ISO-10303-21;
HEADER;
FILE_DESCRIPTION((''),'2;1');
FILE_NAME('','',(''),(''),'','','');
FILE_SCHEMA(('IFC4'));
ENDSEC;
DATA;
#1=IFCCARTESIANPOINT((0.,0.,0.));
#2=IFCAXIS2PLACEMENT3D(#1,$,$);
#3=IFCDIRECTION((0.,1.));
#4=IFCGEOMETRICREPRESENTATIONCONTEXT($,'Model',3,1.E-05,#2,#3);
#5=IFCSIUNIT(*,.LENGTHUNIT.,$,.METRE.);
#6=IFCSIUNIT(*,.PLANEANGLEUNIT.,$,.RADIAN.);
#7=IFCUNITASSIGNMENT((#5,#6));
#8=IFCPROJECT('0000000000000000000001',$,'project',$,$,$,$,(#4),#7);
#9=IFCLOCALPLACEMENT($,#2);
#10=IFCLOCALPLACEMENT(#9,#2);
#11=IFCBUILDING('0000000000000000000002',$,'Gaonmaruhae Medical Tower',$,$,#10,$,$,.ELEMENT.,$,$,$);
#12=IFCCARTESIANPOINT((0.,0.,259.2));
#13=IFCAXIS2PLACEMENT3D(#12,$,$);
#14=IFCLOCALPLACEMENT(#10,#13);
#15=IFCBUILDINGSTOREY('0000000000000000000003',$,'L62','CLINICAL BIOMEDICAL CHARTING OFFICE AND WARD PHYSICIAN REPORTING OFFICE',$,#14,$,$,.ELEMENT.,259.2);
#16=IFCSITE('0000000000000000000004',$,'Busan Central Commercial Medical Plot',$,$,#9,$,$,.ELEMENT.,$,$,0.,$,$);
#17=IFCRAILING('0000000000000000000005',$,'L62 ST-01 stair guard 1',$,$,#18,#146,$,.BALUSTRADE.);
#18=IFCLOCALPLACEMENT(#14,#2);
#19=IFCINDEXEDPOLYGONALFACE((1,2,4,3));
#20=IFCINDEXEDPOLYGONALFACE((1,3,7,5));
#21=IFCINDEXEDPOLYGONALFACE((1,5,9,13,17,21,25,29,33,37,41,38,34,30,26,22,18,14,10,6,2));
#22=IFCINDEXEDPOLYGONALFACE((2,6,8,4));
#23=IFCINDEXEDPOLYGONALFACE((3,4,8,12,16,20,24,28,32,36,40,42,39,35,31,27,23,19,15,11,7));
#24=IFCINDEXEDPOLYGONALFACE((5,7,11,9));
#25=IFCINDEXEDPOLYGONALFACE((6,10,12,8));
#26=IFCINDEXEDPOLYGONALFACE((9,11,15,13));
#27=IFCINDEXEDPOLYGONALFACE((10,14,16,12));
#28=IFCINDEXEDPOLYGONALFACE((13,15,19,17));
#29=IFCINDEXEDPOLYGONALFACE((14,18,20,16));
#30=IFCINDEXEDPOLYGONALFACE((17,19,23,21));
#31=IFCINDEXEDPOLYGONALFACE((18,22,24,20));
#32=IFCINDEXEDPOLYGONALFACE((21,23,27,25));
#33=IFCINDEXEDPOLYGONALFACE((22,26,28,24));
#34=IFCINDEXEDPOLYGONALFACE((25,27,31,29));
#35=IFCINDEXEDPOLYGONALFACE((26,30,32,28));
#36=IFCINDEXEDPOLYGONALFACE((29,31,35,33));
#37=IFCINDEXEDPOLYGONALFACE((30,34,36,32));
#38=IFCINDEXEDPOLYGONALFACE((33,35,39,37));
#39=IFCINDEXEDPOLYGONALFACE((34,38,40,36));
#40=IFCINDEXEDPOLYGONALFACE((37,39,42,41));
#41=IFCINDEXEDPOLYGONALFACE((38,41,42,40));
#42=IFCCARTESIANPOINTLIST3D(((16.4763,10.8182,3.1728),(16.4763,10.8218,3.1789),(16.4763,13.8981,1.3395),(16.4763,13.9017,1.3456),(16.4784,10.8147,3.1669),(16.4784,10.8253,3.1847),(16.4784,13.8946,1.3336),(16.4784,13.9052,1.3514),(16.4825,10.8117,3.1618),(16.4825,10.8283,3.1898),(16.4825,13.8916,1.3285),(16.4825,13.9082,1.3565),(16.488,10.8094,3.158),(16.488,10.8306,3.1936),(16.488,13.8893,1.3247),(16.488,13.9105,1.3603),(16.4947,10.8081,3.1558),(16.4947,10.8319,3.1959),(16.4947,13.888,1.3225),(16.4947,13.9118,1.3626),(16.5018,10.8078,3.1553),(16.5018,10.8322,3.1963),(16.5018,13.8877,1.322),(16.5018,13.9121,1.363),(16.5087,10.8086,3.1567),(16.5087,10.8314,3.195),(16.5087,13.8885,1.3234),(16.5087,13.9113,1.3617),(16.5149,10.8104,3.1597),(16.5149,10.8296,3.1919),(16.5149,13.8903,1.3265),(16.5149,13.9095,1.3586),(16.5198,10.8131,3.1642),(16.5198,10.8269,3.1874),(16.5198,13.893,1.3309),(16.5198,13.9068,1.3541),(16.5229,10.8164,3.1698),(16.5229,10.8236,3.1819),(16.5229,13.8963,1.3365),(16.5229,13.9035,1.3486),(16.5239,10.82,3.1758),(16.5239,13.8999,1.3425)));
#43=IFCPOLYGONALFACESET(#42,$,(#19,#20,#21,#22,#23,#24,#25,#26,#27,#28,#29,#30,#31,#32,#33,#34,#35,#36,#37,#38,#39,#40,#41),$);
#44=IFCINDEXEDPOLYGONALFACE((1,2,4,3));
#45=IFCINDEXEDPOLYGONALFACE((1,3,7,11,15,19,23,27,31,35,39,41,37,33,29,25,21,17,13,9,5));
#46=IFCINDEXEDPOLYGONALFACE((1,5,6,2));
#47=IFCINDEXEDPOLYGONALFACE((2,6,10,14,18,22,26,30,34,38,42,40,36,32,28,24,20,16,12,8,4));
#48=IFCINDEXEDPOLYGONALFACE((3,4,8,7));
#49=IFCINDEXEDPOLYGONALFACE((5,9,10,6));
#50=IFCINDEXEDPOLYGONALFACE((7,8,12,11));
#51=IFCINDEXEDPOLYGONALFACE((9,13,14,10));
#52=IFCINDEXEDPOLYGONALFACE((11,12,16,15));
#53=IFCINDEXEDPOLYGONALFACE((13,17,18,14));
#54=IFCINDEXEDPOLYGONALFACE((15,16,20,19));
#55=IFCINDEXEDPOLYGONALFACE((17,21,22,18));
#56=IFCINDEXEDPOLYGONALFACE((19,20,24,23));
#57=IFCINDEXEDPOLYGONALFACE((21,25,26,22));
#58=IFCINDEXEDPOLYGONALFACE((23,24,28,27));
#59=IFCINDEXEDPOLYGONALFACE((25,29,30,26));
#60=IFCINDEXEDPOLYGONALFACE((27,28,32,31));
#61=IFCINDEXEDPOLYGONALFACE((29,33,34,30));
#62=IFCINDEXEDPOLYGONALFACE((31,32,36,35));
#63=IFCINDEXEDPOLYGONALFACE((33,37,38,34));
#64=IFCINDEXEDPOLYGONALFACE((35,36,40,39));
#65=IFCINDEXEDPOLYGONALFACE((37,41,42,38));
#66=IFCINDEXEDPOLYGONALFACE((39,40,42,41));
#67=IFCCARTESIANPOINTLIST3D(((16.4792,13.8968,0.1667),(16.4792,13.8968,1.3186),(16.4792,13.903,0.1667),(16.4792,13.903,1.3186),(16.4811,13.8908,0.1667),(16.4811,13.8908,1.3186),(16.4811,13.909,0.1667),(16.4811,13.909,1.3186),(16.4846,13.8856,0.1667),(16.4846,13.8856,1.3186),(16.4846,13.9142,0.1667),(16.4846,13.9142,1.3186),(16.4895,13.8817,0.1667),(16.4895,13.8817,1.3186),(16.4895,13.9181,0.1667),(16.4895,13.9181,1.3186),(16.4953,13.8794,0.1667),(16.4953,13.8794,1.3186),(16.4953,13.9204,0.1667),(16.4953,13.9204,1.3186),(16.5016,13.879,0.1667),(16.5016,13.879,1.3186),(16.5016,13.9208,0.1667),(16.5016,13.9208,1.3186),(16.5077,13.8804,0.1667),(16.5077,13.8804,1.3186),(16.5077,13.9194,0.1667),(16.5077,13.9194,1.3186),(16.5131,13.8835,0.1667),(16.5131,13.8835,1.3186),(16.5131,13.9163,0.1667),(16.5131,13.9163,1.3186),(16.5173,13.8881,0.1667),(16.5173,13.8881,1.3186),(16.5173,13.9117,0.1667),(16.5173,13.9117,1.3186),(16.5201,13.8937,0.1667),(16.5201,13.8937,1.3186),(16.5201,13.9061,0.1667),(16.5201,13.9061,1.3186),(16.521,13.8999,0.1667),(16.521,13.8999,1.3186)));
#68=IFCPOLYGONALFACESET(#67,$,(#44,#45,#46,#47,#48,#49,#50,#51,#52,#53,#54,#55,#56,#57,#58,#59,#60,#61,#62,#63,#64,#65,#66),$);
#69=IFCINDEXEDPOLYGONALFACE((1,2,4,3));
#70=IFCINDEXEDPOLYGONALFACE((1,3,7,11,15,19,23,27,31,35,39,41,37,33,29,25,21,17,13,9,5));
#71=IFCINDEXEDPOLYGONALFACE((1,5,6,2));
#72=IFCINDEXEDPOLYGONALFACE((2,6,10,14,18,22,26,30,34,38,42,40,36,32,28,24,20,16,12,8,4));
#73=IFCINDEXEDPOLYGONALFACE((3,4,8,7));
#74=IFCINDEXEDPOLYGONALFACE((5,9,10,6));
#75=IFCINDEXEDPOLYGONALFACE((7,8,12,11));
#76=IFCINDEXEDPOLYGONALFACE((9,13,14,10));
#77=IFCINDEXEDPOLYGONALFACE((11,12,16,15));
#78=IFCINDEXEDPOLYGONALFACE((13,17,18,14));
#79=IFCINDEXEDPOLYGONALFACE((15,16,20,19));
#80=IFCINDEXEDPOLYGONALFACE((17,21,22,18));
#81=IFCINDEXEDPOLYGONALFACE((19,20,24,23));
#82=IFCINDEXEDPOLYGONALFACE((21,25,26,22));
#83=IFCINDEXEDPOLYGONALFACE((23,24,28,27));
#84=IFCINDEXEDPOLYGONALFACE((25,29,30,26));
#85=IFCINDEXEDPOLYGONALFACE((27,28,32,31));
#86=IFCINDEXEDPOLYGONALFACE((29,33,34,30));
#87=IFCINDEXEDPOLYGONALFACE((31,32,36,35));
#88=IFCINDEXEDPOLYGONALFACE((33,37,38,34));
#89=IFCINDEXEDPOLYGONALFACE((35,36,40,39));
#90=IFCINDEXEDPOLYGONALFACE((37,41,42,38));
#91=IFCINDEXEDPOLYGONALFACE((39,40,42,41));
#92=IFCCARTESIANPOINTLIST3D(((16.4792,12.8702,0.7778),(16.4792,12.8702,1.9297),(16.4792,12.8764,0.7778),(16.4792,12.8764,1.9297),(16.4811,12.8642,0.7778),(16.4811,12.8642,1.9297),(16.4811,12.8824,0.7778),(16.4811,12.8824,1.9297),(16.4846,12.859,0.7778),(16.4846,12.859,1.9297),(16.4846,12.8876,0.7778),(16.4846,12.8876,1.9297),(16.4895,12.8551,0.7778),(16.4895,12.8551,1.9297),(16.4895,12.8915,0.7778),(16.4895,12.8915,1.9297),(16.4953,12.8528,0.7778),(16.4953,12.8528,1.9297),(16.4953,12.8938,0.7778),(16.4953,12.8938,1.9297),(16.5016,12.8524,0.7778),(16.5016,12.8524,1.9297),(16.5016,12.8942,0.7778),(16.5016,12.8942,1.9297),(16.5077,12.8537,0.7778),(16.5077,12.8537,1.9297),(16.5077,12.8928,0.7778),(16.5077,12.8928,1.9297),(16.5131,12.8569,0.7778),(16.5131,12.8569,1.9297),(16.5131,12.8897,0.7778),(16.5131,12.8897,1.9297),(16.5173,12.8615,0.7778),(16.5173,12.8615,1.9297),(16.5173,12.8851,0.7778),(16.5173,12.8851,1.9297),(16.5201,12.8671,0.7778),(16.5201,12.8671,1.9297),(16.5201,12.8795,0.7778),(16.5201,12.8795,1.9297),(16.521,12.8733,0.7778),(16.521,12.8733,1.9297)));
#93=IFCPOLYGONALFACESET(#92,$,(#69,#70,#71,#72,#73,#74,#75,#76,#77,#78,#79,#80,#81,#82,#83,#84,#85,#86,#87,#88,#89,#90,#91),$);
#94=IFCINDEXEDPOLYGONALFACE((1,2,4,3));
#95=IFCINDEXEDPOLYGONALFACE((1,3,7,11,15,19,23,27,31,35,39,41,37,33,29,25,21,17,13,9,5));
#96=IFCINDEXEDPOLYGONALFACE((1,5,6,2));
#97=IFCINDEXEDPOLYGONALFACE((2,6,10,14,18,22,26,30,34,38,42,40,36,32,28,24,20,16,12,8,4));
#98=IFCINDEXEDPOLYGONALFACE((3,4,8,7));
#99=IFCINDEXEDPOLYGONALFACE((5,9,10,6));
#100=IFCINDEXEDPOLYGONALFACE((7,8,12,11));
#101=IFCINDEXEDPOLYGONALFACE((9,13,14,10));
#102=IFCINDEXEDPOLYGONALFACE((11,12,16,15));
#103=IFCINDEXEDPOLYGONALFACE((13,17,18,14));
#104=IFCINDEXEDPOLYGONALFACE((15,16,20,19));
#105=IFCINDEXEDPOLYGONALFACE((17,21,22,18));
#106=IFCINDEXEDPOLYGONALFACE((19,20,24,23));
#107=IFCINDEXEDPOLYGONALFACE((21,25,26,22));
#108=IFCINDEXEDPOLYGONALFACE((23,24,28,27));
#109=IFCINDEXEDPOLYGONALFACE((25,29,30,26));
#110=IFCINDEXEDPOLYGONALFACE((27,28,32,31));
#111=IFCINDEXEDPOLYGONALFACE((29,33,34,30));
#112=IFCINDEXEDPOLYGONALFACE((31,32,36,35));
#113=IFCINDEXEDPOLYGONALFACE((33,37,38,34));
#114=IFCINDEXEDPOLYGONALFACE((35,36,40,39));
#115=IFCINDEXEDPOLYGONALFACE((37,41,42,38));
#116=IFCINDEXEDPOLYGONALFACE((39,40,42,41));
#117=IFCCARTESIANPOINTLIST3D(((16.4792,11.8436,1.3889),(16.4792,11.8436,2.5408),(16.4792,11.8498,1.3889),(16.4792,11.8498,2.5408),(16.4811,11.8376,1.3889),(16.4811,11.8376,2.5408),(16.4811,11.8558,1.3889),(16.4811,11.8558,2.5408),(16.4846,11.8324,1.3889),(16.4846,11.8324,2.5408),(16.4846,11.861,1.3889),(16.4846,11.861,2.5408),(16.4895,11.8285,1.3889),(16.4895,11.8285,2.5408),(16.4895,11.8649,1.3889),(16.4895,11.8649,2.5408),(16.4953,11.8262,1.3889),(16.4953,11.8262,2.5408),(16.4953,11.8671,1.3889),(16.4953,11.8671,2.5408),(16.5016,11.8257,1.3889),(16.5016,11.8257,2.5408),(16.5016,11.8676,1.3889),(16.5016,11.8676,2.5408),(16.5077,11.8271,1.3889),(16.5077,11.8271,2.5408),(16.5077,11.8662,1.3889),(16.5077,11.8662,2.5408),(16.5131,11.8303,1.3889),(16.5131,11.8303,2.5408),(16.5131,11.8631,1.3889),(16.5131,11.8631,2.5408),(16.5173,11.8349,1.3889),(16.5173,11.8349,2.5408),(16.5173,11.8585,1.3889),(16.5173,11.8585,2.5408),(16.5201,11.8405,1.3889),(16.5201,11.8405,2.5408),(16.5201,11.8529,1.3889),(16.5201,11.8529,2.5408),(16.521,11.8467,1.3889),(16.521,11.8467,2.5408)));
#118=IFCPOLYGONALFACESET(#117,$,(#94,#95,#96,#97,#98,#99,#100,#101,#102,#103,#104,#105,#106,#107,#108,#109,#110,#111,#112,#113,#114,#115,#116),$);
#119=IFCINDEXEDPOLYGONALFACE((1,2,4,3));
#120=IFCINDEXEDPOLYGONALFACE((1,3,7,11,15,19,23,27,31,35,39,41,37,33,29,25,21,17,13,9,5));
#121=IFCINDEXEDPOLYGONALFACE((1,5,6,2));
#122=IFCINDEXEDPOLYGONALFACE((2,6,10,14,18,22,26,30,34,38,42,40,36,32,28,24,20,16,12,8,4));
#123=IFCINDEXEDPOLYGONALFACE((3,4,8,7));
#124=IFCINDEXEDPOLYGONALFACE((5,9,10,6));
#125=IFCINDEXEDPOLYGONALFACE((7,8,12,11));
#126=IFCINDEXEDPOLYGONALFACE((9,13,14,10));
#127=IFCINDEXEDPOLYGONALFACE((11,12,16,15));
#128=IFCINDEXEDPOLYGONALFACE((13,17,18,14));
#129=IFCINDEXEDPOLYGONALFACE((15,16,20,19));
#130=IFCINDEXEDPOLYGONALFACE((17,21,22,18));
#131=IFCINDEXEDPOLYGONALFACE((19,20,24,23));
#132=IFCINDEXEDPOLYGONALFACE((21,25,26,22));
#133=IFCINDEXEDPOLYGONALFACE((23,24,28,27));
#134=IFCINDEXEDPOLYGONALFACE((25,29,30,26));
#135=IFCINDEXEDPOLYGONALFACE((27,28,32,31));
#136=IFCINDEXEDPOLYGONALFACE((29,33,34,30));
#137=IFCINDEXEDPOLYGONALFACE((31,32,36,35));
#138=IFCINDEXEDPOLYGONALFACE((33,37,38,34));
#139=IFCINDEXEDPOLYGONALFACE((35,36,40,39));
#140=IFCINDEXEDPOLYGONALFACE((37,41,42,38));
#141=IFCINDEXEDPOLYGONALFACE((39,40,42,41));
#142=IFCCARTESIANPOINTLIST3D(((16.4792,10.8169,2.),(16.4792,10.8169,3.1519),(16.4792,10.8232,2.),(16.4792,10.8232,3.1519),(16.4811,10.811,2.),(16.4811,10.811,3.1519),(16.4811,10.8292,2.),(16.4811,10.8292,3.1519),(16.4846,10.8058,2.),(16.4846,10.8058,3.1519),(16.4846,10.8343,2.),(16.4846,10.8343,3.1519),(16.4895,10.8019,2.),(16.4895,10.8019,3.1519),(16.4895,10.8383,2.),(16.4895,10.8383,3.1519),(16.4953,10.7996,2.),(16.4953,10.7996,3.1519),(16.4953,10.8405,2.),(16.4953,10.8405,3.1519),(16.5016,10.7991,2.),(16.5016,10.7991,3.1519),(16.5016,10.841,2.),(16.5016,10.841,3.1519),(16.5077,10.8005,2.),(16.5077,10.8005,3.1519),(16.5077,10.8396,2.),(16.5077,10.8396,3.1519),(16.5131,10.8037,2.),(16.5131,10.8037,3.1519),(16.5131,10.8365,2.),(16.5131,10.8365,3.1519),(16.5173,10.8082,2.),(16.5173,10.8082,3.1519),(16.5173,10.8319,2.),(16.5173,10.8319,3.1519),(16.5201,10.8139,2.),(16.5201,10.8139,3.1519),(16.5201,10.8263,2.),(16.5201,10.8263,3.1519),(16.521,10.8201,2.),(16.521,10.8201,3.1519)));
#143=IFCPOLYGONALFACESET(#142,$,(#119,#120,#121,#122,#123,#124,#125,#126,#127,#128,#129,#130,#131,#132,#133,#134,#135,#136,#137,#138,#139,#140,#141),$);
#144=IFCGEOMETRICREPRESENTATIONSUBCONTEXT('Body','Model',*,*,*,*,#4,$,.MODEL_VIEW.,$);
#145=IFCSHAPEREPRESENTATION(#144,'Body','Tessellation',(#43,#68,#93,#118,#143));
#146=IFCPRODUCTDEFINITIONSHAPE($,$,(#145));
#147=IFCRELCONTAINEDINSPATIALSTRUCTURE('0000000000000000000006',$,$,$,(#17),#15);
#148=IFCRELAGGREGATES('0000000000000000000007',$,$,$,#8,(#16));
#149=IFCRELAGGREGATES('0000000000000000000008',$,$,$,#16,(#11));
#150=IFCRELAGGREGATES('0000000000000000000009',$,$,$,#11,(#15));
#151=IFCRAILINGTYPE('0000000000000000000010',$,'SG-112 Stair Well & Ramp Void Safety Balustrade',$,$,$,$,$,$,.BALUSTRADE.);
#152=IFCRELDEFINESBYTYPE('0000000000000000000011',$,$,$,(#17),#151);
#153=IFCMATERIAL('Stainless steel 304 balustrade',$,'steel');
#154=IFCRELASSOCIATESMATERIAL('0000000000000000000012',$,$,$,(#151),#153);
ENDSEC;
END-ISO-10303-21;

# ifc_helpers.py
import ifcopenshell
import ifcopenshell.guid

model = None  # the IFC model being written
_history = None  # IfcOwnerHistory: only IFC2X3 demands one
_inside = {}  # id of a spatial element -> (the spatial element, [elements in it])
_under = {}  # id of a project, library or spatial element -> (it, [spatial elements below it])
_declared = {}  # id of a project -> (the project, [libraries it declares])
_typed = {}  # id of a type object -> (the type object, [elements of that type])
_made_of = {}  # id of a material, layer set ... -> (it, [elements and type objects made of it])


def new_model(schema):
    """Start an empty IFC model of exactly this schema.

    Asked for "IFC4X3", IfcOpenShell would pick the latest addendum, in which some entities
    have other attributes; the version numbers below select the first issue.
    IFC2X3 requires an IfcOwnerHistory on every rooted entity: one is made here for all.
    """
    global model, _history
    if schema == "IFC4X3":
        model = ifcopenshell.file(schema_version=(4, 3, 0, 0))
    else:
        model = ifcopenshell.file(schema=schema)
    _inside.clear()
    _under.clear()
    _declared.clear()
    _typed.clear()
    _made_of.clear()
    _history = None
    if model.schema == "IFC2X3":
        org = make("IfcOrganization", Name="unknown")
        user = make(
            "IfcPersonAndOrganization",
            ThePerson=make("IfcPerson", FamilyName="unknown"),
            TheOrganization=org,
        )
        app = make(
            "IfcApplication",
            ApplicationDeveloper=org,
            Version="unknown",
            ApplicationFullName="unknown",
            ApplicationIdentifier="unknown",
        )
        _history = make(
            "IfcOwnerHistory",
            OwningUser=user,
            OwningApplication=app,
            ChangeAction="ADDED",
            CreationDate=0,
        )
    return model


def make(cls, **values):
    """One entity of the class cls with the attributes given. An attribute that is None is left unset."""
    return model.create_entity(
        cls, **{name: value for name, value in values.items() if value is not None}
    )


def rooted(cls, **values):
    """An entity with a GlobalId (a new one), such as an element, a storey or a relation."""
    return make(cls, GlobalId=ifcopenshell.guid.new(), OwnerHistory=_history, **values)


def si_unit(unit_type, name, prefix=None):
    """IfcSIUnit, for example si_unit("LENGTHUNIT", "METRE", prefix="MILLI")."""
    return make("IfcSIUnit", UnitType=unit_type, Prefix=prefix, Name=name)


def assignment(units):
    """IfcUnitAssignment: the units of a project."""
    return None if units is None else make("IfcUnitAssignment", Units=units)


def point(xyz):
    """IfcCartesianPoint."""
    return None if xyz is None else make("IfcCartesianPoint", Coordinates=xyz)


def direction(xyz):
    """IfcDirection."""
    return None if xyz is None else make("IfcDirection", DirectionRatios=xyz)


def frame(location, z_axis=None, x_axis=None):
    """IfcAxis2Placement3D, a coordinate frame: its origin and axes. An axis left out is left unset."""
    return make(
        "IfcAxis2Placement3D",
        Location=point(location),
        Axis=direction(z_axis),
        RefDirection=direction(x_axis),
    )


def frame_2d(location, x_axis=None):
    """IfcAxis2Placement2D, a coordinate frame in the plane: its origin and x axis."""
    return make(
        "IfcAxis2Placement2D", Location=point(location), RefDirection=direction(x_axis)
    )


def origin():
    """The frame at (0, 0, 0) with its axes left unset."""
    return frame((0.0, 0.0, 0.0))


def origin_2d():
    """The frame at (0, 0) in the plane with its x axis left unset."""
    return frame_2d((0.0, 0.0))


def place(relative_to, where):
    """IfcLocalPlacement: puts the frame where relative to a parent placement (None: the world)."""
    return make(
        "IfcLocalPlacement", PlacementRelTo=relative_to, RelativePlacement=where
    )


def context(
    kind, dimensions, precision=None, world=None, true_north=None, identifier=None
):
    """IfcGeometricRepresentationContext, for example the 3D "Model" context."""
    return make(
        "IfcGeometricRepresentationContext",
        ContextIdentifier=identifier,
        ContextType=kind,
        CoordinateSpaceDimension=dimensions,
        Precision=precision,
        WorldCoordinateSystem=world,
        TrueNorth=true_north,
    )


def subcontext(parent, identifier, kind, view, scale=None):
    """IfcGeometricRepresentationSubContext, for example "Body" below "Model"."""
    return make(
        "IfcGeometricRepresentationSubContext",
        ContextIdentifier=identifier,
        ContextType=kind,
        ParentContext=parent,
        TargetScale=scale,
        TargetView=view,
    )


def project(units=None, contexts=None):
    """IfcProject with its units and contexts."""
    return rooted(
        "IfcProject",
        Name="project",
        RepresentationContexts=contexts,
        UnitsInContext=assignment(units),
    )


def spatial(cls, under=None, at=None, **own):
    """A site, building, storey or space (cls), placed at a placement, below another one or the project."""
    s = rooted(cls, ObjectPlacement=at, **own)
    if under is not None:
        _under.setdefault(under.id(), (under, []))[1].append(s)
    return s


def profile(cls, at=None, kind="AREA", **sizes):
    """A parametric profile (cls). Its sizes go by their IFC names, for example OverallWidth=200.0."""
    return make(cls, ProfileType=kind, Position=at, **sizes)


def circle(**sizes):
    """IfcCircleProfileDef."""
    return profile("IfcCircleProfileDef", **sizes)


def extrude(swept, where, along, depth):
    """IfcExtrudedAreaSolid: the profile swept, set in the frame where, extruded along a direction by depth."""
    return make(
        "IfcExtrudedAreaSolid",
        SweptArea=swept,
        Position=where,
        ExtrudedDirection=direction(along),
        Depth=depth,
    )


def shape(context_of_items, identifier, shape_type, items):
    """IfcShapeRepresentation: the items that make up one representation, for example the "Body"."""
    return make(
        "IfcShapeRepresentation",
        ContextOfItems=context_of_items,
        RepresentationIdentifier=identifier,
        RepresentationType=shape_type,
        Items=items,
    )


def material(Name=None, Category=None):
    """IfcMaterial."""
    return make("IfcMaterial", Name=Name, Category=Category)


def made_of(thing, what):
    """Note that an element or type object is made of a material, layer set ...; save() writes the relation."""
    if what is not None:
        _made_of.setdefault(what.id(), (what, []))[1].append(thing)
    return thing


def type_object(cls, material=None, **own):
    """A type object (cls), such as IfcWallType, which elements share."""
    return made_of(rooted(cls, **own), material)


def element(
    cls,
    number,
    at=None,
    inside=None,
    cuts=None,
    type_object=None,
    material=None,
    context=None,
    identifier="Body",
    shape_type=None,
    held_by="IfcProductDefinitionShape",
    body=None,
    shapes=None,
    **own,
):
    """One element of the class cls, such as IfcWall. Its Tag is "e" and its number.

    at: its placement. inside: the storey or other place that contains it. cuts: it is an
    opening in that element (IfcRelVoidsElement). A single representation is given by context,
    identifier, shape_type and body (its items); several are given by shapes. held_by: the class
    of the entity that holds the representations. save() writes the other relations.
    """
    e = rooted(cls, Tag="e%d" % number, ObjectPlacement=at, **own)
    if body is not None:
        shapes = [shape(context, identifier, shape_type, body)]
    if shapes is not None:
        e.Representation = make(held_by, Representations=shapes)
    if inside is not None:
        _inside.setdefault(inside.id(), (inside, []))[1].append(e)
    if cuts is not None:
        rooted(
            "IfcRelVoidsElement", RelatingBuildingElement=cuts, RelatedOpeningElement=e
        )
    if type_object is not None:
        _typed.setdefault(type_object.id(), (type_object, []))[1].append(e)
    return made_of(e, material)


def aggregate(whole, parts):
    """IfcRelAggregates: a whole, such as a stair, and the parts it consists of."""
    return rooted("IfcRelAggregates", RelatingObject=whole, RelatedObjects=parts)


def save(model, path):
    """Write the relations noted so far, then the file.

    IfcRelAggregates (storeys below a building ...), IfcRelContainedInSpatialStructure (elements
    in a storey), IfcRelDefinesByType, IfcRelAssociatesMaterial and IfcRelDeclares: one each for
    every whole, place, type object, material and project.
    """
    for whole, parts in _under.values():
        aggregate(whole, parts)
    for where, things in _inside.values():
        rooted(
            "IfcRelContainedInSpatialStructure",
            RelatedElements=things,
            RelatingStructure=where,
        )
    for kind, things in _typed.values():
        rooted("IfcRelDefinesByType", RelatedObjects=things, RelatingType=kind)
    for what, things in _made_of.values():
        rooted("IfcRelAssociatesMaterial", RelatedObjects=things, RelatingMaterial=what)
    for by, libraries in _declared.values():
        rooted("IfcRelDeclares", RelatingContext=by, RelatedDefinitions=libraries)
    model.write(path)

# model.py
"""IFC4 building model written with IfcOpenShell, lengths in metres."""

from ifc_helpers import new_model, si_unit, direction, frame, origin, origin_2d, place, context, subcontext, project, spatial, circle, extrude, material, type_object, element, save


model = new_model("IFC4")

# Units and contexts
model_context = context("Model", 3, precision=1e-05, world=origin(), true_north=direction((0.0, 1.0)))
body_context = subcontext(model_context, "Body", "Model", "MODEL_VIEW")
ifc_project = project(units=[si_unit("LENGTHUNIT", "METRE"), si_unit("PLANEANGLEUNIT", "RADIAN")], contexts=[model_context])

# Site, building, storey
site_placement = place(None, origin())
site = spatial("IfcSite", under=ifc_project, at=site_placement, Name="Busan Central Commercial Medical Plot", CompositionType="ELEMENT", RefElevation=0.0)
building_placement = place(site_placement, origin())
building = spatial("IfcBuilding", under=site, at=building_placement, Name="Gaonmaruhae Medical Tower", CompositionType="ELEMENT")
storey_placement = place(building_placement, frame((0.0, 0.0, 259.2)))
storey = spatial("IfcBuildingStorey", under=building, at=storey_placement, Name="L62", Description="CLINICAL BIOMEDICAL CHARTING OFFICE AND WARD PHYSICIAN REPORTING OFFICE", CompositionType="ELEMENT", Elevation=259.2)

# Railing
ifc_material_1 = material(Name="Stainless steel 304 balustrade", Category="steel")
railing_type = type_object("IfcRailingType", Name="SG-112 Stair Well & Ramp Void Safety Balustrade", PredefinedType="BALUSTRADE", material=ifc_material_1)
railing_1_placement = place(storey_placement, frame((16.5, 13.8999, 0.1667)))
element("IfcRailing", 1, at=railing_1_placement, inside=storey, type_object=railing_type, Name="L62 ST-01 stair guard 1", PredefinedType="BALUSTRADE", context=body_context, shape_type="SweptSolid", body=[
    extrude(circle(Radius=0.0239, at=origin_2d()), frame((0.0, 0.0, 1.1758), z_axis=(0.0, -0.859291, 0.511487), x_axis=(1.0, 0.0, 0.0)), (0.0, 0.0, 1.0), 3.5842),
    extrude(circle(Radius=0.021, at=origin_2d()), origin(), (0.0, 0.0, 1.0), 1.1519),
    extrude(circle(Radius=0.021, at=origin_2d()), frame((0.0, -1.0266, 0.6111)), (0.0, 0.0, 1.0), 1.1519),
    extrude(circle(Radius=0.021, at=origin_2d()), frame((0.0, -2.0532, 1.2222)), (0.0, 0.0, 1.0), 1.1519),
    extrude(circle(Radius=0.021, at=origin_2d()), frame((0.0, -3.0798, 1.8333)), (0.0, 0.0, 1.0), 1.1519),
])

save(model, "model.ifc")
